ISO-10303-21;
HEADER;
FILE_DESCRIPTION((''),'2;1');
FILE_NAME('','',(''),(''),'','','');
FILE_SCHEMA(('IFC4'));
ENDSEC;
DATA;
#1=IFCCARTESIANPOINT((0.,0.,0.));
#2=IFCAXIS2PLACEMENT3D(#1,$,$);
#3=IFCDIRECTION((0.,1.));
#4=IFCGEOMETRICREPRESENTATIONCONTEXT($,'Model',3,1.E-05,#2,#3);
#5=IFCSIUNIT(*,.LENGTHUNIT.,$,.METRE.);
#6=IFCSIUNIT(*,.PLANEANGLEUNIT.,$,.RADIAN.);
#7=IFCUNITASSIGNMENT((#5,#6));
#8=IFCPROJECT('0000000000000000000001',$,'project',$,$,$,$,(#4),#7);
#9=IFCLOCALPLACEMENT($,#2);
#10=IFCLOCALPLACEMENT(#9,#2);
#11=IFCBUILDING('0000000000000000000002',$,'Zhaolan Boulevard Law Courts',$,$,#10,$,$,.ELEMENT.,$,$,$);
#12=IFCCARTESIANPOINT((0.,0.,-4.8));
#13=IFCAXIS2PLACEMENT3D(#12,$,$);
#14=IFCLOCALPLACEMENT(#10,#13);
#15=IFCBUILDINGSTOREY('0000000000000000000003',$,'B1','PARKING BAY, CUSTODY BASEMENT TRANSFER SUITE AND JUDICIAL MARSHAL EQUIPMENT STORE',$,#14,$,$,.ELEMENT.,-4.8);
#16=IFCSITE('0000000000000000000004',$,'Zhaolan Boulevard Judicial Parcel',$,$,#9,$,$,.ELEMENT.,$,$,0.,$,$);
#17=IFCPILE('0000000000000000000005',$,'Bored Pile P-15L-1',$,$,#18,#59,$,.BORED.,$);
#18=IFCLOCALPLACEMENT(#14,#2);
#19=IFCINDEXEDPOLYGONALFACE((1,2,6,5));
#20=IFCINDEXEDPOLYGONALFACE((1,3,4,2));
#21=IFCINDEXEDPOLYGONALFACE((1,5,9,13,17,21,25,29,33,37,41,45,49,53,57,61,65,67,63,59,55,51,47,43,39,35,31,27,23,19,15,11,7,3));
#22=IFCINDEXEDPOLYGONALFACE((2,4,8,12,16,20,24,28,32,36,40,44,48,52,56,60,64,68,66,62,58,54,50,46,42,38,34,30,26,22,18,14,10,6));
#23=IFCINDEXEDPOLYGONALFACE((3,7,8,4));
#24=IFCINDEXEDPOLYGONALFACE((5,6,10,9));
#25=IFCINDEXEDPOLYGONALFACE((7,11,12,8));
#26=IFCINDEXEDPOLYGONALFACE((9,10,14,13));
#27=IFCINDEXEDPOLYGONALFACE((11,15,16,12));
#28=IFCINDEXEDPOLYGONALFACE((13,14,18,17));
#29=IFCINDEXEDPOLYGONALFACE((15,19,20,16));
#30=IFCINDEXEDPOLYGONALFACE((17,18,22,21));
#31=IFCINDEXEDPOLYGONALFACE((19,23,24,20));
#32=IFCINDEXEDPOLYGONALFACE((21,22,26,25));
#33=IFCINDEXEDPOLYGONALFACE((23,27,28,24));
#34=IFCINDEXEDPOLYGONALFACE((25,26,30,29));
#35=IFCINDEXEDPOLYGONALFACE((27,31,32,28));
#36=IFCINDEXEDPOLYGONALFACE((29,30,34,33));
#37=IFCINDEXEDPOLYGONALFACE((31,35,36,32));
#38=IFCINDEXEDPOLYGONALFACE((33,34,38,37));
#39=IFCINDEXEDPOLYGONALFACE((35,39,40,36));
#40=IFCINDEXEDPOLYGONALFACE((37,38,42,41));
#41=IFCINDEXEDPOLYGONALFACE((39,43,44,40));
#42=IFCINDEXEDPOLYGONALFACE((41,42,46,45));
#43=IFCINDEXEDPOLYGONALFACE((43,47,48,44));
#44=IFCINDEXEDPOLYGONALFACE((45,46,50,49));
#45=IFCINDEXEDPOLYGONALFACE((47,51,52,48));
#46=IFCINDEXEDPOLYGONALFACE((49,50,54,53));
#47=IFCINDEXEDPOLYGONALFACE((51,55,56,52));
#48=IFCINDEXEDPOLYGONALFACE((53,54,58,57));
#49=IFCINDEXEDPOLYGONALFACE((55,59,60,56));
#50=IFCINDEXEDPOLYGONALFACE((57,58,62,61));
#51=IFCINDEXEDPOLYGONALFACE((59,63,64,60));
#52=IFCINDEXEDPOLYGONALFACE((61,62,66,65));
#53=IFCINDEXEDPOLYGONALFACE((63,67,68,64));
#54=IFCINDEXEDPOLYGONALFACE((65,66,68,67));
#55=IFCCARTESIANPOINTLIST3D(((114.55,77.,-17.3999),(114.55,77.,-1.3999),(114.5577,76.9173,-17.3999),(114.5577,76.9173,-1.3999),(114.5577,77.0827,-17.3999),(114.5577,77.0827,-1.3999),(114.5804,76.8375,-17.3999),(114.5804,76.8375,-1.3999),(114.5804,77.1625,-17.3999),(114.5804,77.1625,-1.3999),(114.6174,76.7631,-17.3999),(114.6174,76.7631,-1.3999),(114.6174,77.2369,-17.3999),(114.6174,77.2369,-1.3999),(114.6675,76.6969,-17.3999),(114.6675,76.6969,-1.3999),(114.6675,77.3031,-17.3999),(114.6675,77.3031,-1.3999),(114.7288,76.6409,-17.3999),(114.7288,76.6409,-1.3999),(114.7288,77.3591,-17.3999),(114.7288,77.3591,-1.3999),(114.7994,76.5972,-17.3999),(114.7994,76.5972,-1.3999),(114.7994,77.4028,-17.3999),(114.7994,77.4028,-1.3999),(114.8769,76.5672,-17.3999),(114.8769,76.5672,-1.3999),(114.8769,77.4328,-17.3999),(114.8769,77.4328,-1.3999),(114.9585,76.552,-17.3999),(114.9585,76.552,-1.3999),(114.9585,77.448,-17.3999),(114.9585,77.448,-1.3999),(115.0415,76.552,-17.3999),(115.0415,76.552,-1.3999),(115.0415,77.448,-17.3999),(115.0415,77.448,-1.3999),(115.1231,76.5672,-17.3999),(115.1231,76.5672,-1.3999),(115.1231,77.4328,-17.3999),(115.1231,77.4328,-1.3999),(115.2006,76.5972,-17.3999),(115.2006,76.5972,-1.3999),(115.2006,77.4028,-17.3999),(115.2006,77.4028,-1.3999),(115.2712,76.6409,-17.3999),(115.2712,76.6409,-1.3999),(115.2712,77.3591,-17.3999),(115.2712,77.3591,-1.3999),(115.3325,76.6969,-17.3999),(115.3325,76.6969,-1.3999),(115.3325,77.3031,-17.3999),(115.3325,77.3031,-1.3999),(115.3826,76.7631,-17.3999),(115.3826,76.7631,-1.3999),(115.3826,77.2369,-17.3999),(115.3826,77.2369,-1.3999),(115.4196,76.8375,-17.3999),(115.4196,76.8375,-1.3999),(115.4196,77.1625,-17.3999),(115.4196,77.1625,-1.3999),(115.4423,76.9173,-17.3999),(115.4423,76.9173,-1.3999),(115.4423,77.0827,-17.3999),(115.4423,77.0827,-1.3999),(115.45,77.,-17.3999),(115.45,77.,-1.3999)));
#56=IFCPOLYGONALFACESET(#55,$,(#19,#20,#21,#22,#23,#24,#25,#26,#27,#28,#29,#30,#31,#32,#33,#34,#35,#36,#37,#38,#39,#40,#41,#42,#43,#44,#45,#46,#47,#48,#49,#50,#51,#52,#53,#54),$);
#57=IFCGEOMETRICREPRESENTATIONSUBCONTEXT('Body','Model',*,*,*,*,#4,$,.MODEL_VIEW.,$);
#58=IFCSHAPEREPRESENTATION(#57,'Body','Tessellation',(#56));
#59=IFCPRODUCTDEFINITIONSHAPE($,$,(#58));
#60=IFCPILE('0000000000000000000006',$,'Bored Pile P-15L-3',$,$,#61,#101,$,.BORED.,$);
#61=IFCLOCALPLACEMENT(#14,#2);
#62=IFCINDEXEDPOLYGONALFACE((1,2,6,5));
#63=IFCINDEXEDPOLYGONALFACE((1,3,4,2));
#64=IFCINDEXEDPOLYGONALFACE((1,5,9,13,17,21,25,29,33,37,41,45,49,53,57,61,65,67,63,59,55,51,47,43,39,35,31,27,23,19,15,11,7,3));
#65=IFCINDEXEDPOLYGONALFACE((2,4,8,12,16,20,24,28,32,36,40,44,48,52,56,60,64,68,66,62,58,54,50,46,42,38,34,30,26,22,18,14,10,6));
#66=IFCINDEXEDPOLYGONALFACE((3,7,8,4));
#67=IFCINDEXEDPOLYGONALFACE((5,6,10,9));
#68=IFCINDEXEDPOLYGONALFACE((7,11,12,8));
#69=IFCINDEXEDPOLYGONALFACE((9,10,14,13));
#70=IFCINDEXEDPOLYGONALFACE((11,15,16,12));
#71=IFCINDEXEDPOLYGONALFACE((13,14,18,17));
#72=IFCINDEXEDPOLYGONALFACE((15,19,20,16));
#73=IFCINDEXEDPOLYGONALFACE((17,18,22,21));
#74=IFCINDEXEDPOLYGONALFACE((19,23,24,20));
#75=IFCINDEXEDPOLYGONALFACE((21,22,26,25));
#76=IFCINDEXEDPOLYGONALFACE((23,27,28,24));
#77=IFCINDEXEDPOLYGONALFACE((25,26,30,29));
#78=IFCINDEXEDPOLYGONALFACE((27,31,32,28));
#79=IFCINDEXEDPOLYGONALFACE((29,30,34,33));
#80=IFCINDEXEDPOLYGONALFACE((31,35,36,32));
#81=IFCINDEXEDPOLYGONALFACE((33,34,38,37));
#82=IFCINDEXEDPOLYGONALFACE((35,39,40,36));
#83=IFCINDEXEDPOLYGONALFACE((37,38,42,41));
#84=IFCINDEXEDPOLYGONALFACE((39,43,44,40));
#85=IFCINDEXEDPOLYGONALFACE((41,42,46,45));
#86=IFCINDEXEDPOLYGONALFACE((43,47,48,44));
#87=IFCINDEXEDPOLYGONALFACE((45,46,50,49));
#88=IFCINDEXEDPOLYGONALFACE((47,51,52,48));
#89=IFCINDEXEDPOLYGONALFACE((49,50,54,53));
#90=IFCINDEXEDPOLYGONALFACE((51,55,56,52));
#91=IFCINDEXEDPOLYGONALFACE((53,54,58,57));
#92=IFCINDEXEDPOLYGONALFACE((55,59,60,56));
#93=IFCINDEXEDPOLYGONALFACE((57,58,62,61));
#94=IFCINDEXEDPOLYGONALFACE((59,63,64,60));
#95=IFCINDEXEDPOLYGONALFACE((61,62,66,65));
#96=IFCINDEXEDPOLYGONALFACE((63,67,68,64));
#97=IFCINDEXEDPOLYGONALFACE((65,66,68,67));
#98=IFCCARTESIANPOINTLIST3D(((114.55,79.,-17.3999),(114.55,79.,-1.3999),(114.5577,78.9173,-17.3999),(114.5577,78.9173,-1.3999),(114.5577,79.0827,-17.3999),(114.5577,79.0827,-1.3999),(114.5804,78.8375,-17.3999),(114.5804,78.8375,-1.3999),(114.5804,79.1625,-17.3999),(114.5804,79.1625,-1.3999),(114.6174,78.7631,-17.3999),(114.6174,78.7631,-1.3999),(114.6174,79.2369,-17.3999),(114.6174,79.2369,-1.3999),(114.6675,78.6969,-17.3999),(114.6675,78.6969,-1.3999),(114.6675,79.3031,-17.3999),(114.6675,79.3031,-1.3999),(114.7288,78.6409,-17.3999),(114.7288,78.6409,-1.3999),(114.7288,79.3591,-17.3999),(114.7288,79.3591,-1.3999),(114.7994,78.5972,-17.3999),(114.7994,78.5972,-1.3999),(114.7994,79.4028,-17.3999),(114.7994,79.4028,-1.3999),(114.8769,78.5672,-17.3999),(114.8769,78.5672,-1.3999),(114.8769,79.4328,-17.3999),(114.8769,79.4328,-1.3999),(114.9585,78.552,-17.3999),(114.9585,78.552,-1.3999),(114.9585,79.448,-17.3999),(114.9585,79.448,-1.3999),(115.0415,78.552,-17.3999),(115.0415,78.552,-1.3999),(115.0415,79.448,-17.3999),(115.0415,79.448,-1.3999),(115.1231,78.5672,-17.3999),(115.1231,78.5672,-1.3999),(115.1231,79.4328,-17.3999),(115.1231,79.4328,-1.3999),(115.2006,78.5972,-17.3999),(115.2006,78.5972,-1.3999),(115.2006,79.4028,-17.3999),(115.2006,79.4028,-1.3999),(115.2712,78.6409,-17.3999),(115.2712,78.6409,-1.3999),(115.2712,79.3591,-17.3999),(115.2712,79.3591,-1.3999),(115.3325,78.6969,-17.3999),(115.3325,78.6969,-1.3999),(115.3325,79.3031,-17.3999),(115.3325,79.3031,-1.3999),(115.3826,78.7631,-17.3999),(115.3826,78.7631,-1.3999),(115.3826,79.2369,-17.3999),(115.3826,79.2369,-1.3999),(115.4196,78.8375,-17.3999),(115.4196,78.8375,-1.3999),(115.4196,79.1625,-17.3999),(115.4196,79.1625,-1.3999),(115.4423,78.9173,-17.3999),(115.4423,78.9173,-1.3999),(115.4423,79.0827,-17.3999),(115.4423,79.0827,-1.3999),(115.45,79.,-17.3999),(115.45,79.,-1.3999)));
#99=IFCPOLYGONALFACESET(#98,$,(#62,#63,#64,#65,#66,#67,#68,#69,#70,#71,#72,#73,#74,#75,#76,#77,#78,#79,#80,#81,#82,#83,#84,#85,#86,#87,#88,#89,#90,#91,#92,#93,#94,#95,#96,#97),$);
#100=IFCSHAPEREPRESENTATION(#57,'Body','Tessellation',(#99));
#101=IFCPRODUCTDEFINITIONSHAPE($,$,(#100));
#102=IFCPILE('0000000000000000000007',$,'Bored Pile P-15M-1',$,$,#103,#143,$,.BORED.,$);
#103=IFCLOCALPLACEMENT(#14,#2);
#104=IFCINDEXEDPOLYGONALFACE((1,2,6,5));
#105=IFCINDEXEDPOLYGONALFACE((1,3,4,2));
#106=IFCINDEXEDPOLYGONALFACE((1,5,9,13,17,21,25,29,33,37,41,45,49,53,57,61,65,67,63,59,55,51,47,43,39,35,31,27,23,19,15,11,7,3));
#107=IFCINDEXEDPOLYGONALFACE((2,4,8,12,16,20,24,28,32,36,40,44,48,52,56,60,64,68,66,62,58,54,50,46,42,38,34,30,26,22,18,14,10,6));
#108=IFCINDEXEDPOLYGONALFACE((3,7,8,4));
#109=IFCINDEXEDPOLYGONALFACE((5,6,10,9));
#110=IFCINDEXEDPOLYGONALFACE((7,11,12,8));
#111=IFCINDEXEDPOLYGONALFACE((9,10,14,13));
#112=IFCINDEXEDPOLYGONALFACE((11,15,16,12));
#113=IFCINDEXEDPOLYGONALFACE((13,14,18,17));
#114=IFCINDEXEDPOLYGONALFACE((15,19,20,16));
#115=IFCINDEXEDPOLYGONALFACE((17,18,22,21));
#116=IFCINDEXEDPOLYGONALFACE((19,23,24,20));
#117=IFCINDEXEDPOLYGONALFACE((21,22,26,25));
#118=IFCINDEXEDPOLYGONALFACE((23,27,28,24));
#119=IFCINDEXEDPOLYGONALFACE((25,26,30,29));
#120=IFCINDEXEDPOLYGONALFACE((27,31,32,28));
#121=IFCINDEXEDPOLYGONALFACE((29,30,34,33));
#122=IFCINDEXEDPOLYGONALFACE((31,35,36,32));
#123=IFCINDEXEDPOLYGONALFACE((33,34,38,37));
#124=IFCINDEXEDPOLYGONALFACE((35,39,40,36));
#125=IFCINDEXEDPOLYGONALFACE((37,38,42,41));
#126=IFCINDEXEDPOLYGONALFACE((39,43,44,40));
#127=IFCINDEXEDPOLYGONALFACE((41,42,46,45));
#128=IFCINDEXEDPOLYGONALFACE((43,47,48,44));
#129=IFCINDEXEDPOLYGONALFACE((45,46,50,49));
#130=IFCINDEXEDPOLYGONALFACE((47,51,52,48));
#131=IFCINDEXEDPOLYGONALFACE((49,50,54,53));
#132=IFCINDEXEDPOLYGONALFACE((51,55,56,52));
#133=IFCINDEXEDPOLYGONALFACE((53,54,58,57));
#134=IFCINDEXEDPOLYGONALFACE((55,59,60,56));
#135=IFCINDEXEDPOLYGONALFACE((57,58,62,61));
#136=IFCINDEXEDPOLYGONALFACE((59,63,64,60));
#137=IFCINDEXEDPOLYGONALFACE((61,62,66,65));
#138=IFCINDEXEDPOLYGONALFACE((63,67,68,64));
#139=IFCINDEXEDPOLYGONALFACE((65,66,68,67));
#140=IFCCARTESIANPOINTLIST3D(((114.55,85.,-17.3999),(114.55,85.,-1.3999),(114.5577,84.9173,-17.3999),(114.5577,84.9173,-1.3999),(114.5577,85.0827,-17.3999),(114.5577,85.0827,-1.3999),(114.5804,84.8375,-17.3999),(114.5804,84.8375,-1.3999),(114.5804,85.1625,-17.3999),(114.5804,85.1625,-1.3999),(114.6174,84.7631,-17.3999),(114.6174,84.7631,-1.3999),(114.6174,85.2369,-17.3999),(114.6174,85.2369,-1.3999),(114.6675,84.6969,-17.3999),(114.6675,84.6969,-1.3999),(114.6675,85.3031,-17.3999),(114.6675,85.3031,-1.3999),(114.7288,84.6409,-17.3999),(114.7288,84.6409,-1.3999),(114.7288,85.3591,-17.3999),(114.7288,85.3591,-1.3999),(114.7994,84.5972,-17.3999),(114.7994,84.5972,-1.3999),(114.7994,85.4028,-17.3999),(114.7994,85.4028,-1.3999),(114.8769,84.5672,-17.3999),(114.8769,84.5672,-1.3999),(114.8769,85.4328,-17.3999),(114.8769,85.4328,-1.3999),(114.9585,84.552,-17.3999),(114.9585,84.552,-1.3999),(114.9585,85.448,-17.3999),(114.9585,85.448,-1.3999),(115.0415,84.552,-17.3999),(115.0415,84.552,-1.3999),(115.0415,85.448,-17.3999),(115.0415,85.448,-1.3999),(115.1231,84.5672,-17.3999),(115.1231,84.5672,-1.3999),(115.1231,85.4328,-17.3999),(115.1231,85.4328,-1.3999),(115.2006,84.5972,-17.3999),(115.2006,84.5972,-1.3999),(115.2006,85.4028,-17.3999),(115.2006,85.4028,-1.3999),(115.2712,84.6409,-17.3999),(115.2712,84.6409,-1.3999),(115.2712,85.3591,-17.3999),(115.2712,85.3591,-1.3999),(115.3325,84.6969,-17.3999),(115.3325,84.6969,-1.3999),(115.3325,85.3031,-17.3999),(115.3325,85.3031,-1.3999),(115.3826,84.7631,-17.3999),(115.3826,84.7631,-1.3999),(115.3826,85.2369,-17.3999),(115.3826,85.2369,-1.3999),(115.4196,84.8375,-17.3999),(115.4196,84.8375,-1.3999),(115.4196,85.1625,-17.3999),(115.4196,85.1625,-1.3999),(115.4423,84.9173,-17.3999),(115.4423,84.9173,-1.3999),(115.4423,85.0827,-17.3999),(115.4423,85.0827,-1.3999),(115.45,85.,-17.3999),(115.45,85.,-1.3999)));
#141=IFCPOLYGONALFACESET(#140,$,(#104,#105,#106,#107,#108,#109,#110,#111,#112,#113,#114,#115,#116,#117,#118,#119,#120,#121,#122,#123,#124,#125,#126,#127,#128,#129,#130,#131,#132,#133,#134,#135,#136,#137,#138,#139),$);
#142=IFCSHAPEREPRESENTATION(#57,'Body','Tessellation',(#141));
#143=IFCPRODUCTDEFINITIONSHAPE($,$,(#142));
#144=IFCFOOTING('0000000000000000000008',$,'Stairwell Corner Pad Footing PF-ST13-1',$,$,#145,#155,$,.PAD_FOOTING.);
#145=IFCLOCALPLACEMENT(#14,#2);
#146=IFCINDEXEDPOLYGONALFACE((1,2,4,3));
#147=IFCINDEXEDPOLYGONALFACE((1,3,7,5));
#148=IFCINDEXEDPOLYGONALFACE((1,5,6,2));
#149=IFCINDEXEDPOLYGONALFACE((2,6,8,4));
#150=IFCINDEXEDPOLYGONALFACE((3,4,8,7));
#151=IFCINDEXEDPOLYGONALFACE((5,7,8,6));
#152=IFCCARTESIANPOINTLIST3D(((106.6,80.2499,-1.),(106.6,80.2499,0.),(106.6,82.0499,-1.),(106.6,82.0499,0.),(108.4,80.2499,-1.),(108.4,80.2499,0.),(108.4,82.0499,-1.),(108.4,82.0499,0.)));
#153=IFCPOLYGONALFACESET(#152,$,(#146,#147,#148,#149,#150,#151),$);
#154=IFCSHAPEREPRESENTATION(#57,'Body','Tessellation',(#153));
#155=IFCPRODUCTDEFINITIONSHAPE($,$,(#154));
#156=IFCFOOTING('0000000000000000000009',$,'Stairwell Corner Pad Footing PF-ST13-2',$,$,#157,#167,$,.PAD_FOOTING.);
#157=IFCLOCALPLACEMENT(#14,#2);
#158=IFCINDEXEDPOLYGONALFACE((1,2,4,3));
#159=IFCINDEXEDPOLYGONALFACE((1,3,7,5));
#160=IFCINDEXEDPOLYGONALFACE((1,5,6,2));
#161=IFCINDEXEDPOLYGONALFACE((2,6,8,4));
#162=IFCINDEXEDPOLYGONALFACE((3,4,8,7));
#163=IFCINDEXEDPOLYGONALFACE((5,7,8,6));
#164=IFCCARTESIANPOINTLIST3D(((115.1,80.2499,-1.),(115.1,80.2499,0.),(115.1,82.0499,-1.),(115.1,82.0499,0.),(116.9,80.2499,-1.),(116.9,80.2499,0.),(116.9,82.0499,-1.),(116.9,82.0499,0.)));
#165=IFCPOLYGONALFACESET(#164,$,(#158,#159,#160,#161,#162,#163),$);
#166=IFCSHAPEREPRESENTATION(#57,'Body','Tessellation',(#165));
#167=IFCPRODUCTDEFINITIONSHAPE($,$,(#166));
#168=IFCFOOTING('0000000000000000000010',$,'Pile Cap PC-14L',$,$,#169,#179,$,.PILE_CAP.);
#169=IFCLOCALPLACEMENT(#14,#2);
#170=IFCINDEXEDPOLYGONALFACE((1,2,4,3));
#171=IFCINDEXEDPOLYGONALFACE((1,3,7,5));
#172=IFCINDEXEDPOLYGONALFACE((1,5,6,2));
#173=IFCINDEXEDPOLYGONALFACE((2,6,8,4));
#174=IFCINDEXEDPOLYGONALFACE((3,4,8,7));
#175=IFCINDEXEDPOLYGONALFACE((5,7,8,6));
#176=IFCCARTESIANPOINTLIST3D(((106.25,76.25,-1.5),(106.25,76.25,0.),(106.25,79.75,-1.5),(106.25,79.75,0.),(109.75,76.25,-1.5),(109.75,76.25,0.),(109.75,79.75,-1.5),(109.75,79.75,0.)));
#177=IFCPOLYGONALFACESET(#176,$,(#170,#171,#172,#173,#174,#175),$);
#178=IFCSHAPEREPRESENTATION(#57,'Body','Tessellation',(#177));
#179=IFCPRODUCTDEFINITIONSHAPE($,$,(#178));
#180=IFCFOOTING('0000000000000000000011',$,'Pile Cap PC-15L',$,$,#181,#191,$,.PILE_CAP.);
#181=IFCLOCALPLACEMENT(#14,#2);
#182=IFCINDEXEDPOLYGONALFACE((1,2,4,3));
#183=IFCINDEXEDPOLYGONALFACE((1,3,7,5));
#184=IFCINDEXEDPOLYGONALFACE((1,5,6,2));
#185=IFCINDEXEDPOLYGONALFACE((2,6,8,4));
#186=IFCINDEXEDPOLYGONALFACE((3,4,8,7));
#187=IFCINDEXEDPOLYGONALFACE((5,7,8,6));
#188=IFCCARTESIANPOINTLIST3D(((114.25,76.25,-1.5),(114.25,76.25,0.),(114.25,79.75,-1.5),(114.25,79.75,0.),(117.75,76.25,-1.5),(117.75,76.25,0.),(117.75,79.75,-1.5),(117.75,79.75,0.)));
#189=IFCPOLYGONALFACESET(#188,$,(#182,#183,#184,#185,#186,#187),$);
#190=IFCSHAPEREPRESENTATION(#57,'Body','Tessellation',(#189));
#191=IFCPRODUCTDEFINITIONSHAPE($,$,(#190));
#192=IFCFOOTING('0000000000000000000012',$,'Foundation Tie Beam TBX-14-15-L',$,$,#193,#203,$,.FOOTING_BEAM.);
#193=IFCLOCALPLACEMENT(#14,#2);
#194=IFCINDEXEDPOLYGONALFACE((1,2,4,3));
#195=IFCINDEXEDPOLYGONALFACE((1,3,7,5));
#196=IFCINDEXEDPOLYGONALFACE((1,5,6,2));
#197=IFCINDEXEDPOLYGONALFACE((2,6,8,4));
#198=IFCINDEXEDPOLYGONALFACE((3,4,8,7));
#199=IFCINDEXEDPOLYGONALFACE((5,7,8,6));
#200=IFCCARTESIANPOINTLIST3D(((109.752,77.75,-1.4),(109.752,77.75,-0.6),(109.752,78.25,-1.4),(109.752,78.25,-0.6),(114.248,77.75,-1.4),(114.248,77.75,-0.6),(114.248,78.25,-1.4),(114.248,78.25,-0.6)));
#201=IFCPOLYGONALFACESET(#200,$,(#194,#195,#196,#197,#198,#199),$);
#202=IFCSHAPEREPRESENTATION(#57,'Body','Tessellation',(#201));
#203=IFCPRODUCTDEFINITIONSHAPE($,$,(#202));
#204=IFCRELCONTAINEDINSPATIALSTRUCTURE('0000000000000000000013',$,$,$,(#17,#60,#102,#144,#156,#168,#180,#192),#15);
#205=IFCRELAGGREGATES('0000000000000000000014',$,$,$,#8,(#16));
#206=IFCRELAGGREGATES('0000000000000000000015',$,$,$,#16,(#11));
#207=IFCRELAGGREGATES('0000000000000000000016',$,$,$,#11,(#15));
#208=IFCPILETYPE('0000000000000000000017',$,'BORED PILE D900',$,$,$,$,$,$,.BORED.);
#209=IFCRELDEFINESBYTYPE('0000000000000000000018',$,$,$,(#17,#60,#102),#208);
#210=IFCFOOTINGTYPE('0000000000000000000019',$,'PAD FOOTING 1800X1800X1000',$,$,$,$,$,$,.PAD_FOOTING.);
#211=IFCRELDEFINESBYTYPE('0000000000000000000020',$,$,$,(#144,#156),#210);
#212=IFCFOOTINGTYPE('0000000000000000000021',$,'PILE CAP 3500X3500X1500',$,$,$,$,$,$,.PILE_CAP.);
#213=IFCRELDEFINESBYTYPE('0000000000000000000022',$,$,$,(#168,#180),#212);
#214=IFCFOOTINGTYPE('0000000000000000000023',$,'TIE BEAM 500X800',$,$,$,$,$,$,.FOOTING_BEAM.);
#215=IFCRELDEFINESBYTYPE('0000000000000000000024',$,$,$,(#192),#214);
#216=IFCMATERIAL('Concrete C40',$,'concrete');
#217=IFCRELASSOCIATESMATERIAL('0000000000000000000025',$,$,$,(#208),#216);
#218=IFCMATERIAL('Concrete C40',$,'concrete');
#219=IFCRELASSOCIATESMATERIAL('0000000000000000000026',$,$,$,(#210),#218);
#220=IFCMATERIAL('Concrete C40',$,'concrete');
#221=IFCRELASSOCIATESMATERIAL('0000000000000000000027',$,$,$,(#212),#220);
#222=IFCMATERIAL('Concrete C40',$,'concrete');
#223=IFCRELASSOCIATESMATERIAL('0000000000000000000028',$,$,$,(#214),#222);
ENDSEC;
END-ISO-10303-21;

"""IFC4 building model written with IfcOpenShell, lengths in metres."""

from ifc_helpers import new_model, si_unit, direction, frame, origin, origin_2d, place, context, subcontext, project, spatial, rectangle, circle, extrude, material, material_profile, profile_set, type_object, element, save


model = new_model("IFC4")

# Units and contexts
model_context = context("Model", 3, precision=1e-05, world=origin(), true_north=direction((0.0, 1.0)))
body_context = subcontext(model_context, "Body", "Model", "MODEL_VIEW")
ifc_project = project(units=[si_unit("LENGTHUNIT", "METRE"), si_unit("PLANEANGLEUNIT", "RADIAN")], contexts=[model_context])

# Site, building, storey
site_placement = place(None, origin())
site = spatial("IfcSite", under=ifc_project, at=site_placement, Name="Zhaolan Boulevard Judicial Parcel", CompositionType="ELEMENT", RefElevation=0.0)
building_placement = place(site_placement, origin())
building = spatial("IfcBuilding", under=site, at=building_placement, Name="Zhaolan Boulevard Law Courts", CompositionType="ELEMENT")
storey_placement = place(building_placement, frame((0.0, 0.0, -4.8)))
storey = spatial("IfcBuildingStorey", under=building, at=storey_placement, Name="B1", Description="PARKING BAY, CUSTODY BASEMENT TRANSFER SUITE AND JUDICIAL MARSHAL EQUIPMENT STORE", CompositionType="ELEMENT", Elevation=-4.8)

# Piles
ifc_material_1 = material(Name="Concrete C40", Category="concrete")
ifc_material_profile_1 = material_profile(ifc_material_1, circle(Radius=0.45, at=origin_2d()), Name="PILE-D900")
ifc_profile_set_1 = profile_set([ifc_material_profile_1], Name="Concrete C40")
pile_type = type_object("IfcPileType", Name="BORED PILE D900", PredefinedType="BORED", material=ifc_profile_set_1)
for number, where, z_axis, x_axis, name in (
    (1, (115.0, 77.0, -1.3999), (0.0, 0.0, -1.0), (1.0, 0.0, 0.0), "Bored Pile P-15L-1"),
    (2, (115.0, 79.0, -1.3999), (0.0, 0.0, -1.0), (1.0, 0.0, 0.0), "Bored Pile P-15L-3"),
    (3, (115.0, 85.0, -1.3999), (0.0, 0.0, -1.0), (1.0, 0.0, 0.0), "Bored Pile P-15M-1"),
):
    element("IfcPile", number, at=place(storey_placement, frame(where, z_axis=z_axis, x_axis=x_axis)), inside=storey, type_object=pile_type, Name=name, PredefinedType="BORED", context=body_context, shape_type="SweptSolid", body=[
        extrude(circle(Radius=0.45, at=origin_2d()), origin(), (0.0, 0.0, 1.0), 16.0),
    ])

# Footings
ifc_material_2 = material(Name="Concrete C40", Category="concrete")
footing_type_1 = type_object("IfcFootingType", Name="PAD FOOTING 1800X1800X1000", PredefinedType="PAD_FOOTING", material=ifc_material_2)
for number, where, z_axis, x_axis, name in (
    (4, (107.5, 81.1499, -1.0), (0.0, 0.0, 1.0), (1.0, 0.0, 0.0), "Stairwell Corner Pad Footing PF-ST13-1"),
    (5, (116.0, 81.1499, -1.0), (0.0, 0.0, 1.0), (1.0, 0.0, 0.0), "Stairwell Corner Pad Footing PF-ST13-2"),
):
    element("IfcFooting", number, at=place(storey_placement, frame(where, z_axis=z_axis, x_axis=x_axis)), inside=storey, type_object=footing_type_1, Name=name, PredefinedType="PAD_FOOTING", context=body_context, shape_type="SweptSolid", body=[
        extrude(rectangle(XDim=1.8, YDim=1.8, at=origin_2d()), origin(), (0.0, 0.0, 1.0), 1.0),
    ])
ifc_material_3 = material(Name="Concrete C40", Category="concrete")
footing_type_2 = type_object("IfcFootingType", Name="PILE CAP 3500X3500X1500", PredefinedType="PILE_CAP", material=ifc_material_3)
for number, where, z_axis, x_axis, name in (
    (6, (108.0, 78.0, -1.5), (0.0, 0.0, 1.0), (1.0, 0.0, 0.0), "Pile Cap PC-14L"),
    (7, (116.0, 78.0, -1.5), (0.0, 0.0, 1.0), (1.0, 0.0, 0.0), "Pile Cap PC-15L"),
):
    element("IfcFooting", number, at=place(storey_placement, frame(where, z_axis=z_axis, x_axis=x_axis)), inside=storey, type_object=footing_type_2, Name=name, PredefinedType="PILE_CAP", context=body_context, shape_type="SweptSolid", body=[
        extrude(rectangle(XDim=3.5, YDim=3.5, at=origin_2d()), origin(), (0.0, 0.0, 1.0), 1.5),
    ])
ifc_material_4 = material(Name="Concrete C40", Category="concrete")
ifc_material_profile_2 = material_profile(ifc_material_4, rectangle(XDim=0.5, YDim=0.8, at=origin_2d()), Name="RC500x800")
ifc_profile_set_2 = profile_set([ifc_material_profile_2], Name="Concrete C40")
footing_type_3 = type_object("IfcFootingType", Name="TIE BEAM 500X800", PredefinedType="FOOTING_BEAM", material=ifc_profile_set_2)
footing_placement = place(storey_placement, frame((109.752, 78.0, -1.0), z_axis=(1.0, 0.0, 0.0), x_axis=(0.0, 1.0, 0.0)))
element("IfcFooting", 8, at=footing_placement, inside=storey, type_object=footing_type_3, Name="Foundation Tie Beam TBX-14-15-L", PredefinedType="FOOTING_BEAM", context=body_context, shape_type="SweptSolid", body=[
    extrude(rectangle(XDim=0.5, YDim=0.8, at=origin_2d()), origin(), (0.0, 0.0, 1.0), 4.4961),
])

save(model, "model.ifc")
